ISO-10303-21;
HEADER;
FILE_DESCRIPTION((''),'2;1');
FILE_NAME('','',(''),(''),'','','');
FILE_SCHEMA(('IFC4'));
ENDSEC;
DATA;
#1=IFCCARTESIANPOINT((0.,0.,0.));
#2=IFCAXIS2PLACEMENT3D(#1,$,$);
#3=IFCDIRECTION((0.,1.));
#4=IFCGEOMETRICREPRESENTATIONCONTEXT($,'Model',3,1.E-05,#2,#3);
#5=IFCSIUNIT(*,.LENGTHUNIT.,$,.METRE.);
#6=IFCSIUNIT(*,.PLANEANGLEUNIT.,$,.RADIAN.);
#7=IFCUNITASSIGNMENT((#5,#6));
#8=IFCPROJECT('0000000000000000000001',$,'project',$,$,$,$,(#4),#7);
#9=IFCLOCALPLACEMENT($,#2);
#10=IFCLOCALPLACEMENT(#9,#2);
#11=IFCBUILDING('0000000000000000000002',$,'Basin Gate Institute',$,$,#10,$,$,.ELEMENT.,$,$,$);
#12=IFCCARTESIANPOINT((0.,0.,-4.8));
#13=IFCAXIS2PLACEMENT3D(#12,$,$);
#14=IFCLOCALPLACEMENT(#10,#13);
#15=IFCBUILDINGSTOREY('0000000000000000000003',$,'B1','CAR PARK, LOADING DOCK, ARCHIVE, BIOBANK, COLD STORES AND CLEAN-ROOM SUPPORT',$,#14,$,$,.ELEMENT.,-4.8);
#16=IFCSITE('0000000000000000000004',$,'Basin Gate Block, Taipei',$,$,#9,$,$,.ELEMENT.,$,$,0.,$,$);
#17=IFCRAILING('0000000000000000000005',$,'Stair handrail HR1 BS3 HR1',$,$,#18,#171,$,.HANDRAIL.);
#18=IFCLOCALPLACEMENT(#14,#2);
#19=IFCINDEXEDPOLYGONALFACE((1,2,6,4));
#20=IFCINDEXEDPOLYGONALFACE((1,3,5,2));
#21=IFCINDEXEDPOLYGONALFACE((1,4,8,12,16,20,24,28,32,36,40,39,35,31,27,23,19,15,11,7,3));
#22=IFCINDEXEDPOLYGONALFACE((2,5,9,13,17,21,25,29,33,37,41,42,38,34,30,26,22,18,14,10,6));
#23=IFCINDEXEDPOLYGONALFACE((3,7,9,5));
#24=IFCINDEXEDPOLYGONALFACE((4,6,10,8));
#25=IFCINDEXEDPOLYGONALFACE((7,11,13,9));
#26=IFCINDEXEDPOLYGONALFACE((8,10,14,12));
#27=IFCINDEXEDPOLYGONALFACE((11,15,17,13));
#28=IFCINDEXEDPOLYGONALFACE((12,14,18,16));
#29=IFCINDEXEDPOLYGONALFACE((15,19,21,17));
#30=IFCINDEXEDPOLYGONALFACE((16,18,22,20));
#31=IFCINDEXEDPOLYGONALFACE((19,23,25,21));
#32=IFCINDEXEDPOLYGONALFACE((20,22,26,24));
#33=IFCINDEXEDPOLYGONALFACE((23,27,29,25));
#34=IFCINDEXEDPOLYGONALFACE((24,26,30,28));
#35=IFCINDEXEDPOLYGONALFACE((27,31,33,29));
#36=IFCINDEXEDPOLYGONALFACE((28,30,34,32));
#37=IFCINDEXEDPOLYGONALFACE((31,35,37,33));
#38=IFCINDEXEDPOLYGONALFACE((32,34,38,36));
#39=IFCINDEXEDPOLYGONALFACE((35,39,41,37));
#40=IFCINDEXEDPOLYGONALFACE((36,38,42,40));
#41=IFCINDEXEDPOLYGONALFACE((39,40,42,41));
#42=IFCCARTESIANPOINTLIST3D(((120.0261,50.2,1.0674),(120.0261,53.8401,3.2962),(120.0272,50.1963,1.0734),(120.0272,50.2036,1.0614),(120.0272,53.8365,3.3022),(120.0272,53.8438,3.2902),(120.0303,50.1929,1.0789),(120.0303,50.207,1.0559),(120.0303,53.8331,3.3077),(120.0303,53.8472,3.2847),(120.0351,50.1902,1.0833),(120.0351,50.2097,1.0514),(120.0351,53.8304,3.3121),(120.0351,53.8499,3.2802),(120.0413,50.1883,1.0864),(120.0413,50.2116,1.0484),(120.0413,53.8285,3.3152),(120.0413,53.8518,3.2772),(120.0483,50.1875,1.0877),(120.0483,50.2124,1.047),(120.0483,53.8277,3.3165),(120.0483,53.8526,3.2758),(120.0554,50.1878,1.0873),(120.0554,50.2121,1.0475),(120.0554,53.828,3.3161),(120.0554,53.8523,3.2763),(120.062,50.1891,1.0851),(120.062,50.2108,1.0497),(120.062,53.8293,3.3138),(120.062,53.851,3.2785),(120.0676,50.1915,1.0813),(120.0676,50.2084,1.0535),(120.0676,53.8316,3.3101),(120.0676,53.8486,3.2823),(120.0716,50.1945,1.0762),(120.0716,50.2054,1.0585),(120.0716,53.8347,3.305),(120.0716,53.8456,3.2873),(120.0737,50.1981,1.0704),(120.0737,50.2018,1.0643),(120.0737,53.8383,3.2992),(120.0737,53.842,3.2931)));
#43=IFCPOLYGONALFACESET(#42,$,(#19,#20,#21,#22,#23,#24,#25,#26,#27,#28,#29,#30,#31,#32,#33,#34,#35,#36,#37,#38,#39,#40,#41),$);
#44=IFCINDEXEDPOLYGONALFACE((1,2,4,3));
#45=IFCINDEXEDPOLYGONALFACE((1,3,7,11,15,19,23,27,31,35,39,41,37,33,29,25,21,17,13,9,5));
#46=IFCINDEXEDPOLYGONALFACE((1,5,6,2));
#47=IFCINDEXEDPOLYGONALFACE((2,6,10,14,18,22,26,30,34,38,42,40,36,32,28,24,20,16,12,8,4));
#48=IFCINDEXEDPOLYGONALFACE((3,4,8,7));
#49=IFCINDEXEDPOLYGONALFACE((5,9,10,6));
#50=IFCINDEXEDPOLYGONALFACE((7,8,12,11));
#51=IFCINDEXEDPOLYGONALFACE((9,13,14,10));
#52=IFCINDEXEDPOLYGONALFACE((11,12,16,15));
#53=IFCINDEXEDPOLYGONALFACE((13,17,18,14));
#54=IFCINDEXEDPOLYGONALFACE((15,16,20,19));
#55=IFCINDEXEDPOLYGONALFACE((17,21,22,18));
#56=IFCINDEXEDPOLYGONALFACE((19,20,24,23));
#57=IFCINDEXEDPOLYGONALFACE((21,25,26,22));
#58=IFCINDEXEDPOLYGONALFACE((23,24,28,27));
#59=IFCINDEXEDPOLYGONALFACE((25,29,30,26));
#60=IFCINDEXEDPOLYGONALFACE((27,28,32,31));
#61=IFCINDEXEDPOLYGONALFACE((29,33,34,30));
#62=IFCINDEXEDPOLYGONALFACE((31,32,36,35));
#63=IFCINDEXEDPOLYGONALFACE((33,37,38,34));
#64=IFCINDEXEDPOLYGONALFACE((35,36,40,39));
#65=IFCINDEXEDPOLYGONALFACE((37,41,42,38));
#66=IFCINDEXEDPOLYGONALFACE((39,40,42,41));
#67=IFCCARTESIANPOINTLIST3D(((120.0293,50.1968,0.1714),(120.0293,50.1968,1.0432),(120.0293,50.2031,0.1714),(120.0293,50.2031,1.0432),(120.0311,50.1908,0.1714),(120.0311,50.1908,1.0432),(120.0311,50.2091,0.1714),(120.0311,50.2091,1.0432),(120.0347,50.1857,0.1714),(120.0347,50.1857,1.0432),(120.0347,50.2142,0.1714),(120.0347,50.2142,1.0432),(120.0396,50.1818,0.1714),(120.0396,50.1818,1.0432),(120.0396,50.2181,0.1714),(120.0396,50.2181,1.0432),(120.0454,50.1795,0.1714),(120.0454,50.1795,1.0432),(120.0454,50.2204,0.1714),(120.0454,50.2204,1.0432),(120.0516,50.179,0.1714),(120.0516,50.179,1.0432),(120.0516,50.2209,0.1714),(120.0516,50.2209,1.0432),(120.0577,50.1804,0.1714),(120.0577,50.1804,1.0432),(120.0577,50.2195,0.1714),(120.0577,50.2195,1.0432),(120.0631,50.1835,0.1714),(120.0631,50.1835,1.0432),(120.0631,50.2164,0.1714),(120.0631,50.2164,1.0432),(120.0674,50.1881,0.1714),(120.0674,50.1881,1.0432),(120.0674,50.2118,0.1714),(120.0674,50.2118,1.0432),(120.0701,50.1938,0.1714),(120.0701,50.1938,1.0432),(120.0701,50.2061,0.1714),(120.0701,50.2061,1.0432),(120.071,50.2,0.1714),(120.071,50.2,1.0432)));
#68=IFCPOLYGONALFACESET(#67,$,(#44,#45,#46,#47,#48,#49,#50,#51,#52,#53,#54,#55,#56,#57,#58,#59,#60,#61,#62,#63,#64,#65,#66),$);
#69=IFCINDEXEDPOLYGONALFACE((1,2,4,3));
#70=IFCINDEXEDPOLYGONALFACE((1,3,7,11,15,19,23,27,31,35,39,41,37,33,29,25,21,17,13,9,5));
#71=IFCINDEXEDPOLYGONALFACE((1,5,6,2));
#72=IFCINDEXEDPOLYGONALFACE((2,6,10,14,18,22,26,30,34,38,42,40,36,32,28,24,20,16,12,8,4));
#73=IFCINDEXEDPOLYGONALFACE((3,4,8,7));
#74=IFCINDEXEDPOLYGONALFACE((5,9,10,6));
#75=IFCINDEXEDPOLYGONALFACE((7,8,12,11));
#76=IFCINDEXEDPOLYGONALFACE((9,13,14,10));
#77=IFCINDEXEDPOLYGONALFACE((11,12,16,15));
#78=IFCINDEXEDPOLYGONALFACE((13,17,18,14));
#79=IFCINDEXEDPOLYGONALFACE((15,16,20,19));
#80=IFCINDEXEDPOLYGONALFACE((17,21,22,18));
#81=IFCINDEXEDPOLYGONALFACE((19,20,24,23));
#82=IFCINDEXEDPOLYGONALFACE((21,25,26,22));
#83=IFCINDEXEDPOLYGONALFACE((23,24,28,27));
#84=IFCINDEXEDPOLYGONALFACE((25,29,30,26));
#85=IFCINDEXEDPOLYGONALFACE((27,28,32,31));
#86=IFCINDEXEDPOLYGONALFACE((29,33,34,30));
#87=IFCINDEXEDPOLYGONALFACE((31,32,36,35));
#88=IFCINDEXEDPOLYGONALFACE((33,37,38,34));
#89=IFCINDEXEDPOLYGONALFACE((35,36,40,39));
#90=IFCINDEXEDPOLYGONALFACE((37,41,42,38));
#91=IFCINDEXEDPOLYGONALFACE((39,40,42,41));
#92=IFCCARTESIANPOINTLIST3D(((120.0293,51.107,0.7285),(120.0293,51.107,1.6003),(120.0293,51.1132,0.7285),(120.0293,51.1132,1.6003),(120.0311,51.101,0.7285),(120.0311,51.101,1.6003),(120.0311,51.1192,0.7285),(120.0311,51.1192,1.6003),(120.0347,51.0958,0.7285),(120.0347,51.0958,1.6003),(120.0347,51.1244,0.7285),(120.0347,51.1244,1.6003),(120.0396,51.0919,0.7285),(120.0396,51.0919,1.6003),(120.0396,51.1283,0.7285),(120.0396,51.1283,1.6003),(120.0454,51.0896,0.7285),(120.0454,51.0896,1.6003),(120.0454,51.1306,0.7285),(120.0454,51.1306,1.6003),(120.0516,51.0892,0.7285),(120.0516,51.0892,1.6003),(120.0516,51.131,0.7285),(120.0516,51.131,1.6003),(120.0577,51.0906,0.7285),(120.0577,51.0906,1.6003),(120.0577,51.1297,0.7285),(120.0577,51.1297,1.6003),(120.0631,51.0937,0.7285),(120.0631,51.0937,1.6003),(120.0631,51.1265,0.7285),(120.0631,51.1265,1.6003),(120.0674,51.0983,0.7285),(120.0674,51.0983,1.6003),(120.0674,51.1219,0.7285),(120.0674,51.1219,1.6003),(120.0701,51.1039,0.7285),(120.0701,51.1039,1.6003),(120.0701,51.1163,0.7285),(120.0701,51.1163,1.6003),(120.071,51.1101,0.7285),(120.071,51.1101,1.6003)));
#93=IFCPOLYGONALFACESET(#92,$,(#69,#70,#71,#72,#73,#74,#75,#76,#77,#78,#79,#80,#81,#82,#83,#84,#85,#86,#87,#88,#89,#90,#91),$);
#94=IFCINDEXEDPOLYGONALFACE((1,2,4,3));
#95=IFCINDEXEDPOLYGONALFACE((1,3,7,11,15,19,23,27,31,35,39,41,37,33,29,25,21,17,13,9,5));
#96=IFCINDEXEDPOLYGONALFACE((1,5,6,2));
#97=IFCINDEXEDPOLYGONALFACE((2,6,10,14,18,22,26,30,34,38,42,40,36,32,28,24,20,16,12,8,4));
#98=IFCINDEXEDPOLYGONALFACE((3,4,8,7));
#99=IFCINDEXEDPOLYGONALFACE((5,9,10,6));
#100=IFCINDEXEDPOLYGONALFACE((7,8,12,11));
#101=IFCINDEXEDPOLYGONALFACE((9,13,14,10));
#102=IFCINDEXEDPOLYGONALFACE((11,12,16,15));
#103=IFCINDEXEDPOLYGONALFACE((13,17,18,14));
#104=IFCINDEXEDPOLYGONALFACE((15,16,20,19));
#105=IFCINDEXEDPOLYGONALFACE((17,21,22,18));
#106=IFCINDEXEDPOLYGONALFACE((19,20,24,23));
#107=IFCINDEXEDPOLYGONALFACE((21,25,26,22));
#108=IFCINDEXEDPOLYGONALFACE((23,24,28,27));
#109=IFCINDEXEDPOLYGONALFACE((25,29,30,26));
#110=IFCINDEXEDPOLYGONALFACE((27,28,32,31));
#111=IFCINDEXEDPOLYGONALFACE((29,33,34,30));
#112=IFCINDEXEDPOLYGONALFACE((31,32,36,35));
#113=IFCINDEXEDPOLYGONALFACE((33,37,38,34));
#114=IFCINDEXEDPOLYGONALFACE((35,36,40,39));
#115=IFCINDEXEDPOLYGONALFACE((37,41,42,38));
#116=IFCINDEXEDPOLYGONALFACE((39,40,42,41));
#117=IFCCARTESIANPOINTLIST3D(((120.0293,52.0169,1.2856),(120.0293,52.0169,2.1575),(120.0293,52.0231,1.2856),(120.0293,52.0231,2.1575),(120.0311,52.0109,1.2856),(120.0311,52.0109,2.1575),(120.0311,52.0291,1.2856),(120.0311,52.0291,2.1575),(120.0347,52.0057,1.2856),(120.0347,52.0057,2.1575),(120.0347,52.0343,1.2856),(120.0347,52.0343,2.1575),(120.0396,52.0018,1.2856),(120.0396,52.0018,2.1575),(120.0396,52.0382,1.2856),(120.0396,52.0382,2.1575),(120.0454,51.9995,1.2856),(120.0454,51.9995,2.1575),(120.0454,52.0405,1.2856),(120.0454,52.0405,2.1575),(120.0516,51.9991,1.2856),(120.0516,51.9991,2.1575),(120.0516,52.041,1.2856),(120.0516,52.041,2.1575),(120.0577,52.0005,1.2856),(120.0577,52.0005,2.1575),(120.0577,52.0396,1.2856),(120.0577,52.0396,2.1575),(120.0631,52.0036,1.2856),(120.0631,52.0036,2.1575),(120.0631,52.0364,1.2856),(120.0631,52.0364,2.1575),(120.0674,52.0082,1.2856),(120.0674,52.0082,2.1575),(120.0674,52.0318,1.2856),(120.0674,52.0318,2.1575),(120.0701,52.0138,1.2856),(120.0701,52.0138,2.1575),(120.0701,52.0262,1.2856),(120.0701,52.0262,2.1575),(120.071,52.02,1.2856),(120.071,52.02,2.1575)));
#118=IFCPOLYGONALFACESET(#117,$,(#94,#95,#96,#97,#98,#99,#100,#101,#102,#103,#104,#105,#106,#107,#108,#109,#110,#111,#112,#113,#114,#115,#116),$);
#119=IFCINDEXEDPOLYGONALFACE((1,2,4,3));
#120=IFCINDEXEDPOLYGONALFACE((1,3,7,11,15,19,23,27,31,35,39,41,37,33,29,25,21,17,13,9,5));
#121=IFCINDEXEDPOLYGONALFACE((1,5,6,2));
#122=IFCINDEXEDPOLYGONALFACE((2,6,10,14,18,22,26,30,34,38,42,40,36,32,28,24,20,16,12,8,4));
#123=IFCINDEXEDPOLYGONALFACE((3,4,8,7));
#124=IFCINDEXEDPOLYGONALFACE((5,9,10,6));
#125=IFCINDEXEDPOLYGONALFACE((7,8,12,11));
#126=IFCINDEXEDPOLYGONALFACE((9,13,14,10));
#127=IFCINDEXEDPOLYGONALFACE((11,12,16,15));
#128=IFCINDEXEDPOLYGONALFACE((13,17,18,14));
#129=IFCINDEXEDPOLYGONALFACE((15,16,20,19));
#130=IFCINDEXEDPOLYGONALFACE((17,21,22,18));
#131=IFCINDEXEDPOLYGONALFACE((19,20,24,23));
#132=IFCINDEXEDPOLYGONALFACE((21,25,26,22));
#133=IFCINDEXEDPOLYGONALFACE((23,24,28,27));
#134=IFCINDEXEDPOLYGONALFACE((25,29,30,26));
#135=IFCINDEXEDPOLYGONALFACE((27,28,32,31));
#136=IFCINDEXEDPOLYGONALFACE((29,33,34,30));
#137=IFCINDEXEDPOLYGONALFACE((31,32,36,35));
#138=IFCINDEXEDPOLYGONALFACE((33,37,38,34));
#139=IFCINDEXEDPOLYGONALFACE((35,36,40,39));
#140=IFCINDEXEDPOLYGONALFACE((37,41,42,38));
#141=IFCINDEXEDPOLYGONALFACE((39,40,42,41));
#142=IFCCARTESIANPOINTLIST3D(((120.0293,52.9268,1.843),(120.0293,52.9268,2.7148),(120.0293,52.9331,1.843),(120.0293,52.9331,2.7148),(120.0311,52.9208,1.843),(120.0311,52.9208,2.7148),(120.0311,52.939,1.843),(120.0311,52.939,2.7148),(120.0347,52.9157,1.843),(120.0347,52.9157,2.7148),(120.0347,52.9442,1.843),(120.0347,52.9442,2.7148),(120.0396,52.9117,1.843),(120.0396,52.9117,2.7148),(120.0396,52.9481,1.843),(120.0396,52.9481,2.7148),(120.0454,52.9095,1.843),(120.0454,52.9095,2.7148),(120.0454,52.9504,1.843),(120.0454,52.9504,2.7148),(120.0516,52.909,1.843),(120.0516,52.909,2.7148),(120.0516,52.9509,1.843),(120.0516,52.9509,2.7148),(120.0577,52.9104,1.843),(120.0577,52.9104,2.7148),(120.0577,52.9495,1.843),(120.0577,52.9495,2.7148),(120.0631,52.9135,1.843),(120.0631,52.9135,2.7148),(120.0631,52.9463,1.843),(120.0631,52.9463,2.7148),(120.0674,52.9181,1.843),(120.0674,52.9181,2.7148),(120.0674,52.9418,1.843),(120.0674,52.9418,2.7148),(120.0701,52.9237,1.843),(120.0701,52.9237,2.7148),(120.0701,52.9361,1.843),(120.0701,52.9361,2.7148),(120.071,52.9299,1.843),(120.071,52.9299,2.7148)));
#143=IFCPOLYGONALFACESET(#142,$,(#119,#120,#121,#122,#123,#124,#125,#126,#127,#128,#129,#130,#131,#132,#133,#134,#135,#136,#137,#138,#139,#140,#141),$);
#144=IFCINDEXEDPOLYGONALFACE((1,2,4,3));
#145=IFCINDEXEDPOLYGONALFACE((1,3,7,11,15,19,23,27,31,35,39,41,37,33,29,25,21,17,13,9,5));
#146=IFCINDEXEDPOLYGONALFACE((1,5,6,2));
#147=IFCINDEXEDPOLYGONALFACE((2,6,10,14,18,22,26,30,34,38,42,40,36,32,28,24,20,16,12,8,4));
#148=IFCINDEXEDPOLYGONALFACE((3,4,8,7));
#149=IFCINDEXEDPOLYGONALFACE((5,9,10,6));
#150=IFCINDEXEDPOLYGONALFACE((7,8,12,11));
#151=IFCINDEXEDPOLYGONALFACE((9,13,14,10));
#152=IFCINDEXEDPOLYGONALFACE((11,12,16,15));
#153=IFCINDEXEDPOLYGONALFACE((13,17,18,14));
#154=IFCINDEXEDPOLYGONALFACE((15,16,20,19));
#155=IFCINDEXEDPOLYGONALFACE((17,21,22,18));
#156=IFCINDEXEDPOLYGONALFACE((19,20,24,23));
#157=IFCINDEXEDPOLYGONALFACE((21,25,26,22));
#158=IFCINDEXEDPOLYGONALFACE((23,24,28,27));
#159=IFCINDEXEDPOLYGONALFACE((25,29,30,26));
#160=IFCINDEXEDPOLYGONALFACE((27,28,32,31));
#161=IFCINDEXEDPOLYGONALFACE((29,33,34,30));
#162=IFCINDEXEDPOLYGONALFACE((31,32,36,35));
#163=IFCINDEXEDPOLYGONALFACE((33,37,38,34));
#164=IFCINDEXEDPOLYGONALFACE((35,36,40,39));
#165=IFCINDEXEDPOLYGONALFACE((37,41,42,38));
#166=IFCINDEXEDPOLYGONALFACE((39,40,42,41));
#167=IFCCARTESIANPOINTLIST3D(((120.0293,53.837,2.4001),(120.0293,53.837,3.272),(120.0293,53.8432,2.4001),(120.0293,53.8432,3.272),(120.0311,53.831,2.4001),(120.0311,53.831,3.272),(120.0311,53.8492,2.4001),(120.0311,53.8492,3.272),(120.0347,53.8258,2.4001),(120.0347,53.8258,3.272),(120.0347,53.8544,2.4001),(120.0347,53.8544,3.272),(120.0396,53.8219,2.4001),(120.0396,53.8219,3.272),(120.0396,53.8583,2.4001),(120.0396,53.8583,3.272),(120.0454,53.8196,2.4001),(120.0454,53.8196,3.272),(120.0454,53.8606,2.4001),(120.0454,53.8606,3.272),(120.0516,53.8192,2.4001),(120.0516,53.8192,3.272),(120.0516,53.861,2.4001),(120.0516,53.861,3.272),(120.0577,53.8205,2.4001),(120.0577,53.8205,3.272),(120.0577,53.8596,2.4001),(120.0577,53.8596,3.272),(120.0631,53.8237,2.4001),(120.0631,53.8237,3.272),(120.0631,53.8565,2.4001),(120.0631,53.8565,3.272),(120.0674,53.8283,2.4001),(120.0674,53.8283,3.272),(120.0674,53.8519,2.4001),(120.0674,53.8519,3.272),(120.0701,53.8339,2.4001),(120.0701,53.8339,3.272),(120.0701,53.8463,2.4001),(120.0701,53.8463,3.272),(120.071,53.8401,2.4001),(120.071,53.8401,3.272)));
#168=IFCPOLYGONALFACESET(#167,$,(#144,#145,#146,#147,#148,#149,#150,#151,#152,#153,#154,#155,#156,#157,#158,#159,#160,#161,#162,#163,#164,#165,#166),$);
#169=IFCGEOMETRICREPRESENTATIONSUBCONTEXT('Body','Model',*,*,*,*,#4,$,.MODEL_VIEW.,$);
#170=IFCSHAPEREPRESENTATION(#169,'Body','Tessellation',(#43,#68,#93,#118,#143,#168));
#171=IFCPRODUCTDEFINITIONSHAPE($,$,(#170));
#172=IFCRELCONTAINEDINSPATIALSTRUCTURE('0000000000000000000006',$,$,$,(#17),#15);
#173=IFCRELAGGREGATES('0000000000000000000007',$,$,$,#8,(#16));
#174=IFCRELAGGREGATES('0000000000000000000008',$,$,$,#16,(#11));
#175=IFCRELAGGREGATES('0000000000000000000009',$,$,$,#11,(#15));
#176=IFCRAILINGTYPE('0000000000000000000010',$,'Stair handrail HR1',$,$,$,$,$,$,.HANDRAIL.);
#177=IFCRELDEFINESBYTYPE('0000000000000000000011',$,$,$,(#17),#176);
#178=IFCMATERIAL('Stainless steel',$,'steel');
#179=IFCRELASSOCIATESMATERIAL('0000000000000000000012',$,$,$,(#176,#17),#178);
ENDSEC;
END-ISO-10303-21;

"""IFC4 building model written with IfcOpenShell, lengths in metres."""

from ifc_helpers import new_model, si_unit, direction, frame, origin, origin_2d, place, context, subcontext, project, spatial, circle, extrude, material, type_object, element, save


model = new_model("IFC4")

# Units and contexts
model_context = context("Model", 3, precision=1e-05, world=origin(), true_north=direction((0.0, 1.0)))
body_context = subcontext(model_context, "Body", "Model", "MODEL_VIEW")
ifc_project = project(units=[si_unit("LENGTHUNIT", "METRE"), si_unit("PLANEANGLEUNIT", "RADIAN")], contexts=[model_context])

# Site, building, storey
site_placement = place(None, origin())
site = spatial("IfcSite", under=ifc_project, at=site_placement, Name="Basin Gate Block, Taipei", CompositionType="ELEMENT", RefElevation=0.0)
building_placement = place(site_placement, origin())
building = spatial("IfcBuilding", under=site, at=building_placement, Name="Basin Gate Institute", CompositionType="ELEMENT")
storey_placement = place(building_placement, frame((0.0, 0.0, -4.8)))
storey = spatial("IfcBuildingStorey", under=building, at=storey_placement, Name="B1", Description="CAR PARK, LOADING DOCK, ARCHIVE, BIOBANK, COLD STORES AND CLEAN-ROOM SUPPORT", CompositionType="ELEMENT", Elevation=-4.8)

# Railing
ifc_material_1 = material(Name="Stainless steel", Category="steel")
railing_type_1 = type_object("IfcRailingType", Name="Stair handrail HR1", PredefinedType="HANDRAIL", material=ifc_material_1)
for number, where, name in (
    (1, (120.05, 50.2, 0.1714), "Stair handrail HR1 BS3 HR1"),
):
    element("IfcRailing", number, at=place(storey_placement, frame(where)), inside=storey, type_object=railing_type_1, material=ifc_material_1, Name=name, PredefinedType="HANDRAIL", context=body_context, shape_type="SweptSolid", body=[
        extrude(circle(Radius=0.0239, at=origin_2d()), frame((0.0, 0.0, 0.896), z_axis=(0.0, 0.85284, 0.522172), x_axis=(-1.0, 0.0, 0.0)), (0.0, 0.0, 1.0), 4.2683),
        extrude(circle(Radius=0.021, at=origin_2d()), origin(), (0.0, 0.0, 1.0), 0.8718),
        extrude(circle(Radius=0.021, at=origin_2d()), frame((0.0, 0.9102, 0.5571)), (0.0, 0.0, 1.0), 0.8718),
        extrude(circle(Radius=0.021, at=origin_2d()), frame((0.0, 1.8201, 1.1143)), (0.0, 0.0, 1.0), 0.8718),
        extrude(circle(Radius=0.021, at=origin_2d()), frame((0.0, 2.73, 1.6716)), (0.0, 0.0, 1.0), 0.8718),
        extrude(circle(Radius=0.021, at=origin_2d()), frame((0.0, 3.6401, 2.2288)), (0.0, 0.0, 1.0), 0.8718),
    ])

save(model, "model.ifc")
